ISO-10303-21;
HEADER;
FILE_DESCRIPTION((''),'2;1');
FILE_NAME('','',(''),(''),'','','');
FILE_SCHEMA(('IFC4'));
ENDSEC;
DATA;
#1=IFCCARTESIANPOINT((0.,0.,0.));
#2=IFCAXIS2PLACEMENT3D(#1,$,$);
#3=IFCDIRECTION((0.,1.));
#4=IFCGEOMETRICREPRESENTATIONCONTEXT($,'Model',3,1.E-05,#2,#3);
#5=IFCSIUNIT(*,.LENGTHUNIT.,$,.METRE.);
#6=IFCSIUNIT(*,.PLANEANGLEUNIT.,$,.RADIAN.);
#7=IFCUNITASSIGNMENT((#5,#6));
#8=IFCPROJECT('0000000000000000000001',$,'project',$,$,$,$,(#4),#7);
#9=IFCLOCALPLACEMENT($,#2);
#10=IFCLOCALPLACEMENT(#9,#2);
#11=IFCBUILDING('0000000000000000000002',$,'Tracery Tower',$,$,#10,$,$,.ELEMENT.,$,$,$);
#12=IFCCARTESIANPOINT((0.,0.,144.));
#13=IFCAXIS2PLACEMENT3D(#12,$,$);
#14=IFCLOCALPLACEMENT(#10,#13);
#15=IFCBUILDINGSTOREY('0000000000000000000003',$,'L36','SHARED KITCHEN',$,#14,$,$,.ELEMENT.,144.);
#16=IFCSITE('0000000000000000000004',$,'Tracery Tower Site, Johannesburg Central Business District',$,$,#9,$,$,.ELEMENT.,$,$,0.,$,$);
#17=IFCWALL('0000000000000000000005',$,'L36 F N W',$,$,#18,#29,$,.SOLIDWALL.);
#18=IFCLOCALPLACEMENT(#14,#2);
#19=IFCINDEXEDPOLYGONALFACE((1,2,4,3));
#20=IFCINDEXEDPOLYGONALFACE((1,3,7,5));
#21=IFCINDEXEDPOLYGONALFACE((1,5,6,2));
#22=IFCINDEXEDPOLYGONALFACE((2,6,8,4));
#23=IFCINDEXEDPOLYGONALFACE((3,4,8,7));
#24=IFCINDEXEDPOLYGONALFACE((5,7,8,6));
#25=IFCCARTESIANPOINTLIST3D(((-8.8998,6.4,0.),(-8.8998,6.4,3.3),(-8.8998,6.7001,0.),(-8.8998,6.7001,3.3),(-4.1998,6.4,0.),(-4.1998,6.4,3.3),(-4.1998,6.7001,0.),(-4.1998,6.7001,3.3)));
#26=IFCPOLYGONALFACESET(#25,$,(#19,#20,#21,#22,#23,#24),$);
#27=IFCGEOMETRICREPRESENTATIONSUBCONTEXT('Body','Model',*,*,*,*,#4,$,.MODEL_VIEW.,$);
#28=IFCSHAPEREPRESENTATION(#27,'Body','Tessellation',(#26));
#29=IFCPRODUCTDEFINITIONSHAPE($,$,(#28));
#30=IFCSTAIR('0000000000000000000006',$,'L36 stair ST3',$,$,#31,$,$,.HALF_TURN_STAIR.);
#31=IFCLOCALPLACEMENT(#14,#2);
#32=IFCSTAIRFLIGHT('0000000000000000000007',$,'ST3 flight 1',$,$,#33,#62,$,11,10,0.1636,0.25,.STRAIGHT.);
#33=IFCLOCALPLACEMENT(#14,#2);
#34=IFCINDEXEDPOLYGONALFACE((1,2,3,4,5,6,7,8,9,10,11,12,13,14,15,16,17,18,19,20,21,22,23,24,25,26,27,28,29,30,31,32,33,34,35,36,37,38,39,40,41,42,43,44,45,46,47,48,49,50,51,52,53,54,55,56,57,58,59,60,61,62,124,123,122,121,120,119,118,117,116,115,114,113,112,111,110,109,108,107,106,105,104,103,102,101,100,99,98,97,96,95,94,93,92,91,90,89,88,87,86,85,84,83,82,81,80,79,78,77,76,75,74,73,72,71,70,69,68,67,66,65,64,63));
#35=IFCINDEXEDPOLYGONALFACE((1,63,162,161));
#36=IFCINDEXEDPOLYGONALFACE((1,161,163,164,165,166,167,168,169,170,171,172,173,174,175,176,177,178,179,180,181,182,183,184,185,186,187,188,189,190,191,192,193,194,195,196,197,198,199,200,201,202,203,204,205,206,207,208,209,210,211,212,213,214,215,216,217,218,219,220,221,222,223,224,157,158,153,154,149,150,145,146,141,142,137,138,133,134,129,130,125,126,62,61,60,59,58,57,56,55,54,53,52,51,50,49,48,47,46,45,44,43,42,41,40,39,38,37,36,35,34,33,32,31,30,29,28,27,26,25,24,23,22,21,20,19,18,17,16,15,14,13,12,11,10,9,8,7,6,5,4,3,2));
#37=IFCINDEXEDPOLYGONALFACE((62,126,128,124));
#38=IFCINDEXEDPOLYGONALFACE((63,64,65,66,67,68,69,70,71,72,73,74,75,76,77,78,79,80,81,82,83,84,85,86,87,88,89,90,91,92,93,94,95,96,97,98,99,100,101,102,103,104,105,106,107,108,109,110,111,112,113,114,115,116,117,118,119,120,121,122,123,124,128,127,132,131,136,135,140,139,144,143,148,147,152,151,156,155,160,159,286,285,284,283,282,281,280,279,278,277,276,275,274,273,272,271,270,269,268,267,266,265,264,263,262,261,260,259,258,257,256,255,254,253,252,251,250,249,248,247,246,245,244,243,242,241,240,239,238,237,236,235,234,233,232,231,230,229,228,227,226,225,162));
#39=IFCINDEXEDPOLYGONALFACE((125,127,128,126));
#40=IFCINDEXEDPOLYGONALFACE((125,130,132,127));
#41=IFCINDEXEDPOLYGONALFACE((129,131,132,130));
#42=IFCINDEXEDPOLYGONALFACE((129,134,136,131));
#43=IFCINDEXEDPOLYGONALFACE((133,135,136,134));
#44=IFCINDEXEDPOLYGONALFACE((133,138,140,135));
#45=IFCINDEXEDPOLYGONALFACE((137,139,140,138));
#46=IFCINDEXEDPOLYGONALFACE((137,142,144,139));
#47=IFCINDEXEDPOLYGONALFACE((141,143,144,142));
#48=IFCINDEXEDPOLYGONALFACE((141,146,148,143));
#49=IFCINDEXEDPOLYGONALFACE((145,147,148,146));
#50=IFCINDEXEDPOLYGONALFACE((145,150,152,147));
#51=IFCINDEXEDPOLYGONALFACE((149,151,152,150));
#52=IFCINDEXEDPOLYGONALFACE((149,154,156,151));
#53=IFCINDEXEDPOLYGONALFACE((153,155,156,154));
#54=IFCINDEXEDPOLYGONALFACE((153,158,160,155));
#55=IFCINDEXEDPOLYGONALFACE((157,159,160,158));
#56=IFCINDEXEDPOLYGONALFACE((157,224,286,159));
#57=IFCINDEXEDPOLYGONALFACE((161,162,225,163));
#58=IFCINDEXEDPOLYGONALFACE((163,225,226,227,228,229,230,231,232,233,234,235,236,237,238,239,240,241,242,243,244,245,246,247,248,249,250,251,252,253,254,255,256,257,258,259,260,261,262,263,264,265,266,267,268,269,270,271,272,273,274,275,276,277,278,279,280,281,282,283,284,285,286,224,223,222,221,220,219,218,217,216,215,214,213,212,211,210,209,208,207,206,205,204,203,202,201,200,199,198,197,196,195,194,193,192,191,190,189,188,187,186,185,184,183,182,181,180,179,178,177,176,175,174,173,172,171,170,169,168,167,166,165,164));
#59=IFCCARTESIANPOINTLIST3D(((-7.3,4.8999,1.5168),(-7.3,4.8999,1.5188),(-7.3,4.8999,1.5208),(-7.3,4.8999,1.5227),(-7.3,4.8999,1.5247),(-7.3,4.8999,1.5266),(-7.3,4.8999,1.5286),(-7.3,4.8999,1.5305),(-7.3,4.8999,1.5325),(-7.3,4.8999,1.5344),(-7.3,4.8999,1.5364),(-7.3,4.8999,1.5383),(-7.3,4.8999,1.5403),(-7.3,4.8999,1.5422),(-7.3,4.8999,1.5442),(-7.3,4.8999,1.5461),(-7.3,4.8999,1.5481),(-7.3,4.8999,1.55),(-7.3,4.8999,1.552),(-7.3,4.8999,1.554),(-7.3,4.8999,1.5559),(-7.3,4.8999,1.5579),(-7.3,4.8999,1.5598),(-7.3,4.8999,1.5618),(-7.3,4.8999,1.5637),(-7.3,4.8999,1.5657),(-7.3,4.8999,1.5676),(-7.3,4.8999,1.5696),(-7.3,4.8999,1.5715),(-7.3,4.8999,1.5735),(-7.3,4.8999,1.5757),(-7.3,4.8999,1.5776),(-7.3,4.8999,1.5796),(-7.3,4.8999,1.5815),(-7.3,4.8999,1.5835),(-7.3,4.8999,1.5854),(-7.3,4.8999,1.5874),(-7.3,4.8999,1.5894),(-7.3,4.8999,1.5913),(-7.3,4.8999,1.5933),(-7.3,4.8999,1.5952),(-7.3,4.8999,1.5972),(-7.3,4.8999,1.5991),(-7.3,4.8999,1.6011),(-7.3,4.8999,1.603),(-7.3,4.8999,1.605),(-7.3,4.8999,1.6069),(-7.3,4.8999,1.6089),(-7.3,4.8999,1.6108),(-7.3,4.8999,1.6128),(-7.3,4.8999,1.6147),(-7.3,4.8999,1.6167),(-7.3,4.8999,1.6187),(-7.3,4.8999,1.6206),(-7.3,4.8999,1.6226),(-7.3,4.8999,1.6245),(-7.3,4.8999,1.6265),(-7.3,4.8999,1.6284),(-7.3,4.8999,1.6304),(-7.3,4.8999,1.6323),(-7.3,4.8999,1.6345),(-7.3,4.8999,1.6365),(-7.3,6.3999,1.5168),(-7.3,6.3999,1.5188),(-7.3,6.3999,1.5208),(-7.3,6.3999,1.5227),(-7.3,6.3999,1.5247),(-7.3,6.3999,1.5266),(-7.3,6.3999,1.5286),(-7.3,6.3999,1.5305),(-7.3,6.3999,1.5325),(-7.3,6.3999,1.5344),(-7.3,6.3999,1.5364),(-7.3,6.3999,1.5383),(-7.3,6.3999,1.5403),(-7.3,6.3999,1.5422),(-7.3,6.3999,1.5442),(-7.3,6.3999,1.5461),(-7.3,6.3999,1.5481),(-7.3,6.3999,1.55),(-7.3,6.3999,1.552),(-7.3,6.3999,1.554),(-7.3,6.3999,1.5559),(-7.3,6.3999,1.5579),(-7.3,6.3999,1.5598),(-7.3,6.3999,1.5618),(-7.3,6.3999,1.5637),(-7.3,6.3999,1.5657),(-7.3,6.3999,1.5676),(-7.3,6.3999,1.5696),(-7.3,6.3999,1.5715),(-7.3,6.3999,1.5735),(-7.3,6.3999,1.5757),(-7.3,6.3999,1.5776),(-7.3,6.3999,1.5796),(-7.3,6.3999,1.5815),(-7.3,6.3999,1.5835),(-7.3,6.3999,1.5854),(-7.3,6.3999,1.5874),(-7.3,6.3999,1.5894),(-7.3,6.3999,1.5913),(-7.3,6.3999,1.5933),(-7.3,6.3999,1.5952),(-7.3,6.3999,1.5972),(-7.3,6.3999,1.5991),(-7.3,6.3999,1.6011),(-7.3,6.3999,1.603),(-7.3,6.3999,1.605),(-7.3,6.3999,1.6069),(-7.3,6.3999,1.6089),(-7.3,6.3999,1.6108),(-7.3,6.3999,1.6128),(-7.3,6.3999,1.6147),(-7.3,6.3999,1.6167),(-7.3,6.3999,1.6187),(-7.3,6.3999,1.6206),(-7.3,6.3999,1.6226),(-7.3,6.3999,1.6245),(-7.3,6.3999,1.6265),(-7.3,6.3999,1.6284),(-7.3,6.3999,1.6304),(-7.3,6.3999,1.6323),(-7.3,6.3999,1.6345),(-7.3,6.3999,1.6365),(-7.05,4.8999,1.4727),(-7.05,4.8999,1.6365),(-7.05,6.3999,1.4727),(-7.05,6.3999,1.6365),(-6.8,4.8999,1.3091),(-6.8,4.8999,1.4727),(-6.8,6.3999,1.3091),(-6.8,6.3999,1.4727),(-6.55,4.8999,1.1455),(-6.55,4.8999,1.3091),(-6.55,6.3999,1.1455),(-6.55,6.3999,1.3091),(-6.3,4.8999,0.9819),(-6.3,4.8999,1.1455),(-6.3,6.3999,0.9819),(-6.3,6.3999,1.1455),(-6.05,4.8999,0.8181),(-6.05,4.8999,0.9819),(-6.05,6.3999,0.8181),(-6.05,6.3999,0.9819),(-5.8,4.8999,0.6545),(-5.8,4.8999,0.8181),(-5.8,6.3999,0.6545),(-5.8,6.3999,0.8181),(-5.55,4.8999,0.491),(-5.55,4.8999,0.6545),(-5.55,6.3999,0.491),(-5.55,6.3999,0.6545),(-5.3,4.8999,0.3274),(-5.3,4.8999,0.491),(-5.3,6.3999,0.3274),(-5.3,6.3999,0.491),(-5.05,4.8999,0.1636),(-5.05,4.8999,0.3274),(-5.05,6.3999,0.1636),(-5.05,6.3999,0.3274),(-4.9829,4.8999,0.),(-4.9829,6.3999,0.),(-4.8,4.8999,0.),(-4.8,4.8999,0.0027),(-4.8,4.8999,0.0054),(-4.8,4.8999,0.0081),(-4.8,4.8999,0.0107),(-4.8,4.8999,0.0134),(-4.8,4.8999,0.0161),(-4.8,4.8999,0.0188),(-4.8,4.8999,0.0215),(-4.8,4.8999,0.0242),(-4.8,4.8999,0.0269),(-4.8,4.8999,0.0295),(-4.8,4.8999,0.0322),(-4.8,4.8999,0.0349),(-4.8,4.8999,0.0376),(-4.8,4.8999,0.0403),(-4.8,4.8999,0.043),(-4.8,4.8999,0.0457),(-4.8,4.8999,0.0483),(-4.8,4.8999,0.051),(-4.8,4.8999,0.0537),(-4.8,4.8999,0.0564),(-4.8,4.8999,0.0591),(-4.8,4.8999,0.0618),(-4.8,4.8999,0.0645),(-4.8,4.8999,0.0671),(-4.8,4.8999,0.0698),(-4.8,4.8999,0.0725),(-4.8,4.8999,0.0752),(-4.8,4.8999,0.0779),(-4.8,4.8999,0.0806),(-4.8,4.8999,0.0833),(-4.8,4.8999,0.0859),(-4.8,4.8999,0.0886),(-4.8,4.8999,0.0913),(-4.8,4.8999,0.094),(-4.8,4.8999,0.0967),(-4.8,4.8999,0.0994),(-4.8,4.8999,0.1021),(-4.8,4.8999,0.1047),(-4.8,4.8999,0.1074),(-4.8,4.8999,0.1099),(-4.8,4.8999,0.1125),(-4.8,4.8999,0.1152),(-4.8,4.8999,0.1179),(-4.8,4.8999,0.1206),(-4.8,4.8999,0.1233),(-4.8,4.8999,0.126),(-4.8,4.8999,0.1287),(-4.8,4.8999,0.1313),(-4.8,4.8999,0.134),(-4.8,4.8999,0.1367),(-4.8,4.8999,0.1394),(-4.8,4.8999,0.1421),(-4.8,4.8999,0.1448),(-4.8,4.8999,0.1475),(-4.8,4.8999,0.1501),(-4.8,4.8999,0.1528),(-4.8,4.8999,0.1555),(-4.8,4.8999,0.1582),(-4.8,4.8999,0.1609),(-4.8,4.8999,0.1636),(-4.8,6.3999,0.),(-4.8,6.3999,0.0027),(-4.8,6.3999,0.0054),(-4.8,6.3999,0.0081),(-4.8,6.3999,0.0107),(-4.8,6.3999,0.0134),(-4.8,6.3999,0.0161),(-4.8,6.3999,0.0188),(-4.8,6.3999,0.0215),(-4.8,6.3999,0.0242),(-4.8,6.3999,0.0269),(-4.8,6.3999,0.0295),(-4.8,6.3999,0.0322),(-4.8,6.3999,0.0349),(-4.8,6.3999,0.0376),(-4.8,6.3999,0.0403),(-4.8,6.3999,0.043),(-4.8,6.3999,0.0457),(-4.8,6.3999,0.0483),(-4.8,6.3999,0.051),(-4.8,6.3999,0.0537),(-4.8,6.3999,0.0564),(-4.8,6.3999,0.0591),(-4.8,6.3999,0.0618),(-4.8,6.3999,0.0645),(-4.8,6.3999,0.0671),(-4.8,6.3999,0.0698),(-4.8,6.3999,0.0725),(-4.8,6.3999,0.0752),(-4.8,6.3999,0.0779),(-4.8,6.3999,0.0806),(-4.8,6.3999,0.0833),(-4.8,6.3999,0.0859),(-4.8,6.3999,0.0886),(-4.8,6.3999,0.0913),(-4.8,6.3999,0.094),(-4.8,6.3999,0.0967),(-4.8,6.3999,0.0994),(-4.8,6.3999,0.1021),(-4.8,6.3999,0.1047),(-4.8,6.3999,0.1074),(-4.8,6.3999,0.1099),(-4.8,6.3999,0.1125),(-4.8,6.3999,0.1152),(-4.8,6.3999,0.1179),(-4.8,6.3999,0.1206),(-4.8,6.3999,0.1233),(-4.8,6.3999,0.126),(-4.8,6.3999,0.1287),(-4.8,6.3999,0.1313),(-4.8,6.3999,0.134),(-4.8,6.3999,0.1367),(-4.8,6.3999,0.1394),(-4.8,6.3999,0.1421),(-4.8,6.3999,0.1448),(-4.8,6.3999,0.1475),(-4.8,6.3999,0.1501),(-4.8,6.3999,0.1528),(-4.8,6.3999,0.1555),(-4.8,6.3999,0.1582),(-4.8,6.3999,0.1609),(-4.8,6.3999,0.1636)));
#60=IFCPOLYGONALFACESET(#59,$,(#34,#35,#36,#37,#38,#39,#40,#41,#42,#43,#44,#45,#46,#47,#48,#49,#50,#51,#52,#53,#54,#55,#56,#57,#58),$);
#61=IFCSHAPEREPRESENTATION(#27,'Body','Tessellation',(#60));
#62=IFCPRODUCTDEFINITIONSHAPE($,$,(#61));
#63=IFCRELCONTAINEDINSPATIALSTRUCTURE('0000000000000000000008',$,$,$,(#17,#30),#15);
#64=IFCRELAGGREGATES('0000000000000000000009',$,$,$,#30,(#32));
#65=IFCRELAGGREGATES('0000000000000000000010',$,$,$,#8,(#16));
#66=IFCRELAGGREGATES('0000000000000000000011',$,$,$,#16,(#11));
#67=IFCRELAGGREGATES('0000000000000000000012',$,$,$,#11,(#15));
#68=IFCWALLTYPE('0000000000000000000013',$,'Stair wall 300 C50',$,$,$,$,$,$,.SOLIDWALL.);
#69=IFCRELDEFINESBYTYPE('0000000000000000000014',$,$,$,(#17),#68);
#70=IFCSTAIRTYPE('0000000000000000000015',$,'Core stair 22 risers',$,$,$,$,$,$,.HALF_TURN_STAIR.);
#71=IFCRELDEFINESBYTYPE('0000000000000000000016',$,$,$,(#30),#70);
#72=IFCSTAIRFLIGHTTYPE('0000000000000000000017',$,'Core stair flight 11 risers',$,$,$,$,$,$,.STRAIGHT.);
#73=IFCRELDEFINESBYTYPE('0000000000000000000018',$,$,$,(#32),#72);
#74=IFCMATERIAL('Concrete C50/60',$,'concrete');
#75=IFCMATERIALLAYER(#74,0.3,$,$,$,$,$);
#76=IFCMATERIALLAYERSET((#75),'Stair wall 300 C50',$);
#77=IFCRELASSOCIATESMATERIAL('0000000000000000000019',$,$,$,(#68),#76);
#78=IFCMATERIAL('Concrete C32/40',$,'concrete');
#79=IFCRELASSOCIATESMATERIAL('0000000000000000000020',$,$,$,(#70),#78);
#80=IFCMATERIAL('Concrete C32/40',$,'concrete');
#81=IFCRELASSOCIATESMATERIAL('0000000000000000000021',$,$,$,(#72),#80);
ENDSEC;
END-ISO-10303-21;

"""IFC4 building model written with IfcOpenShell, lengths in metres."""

from ifc_helpers import new_model, si_unit, direction, frame, frame_2d, origin, place, context, subcontext, project, spatial, polyline, rectangle, outline, extrude, material, layer, layer_set, type_object, element, aggregate, save


model = new_model("IFC4")

# Units and contexts
model_context = context("Model", 3, precision=1e-05, world=origin(), true_north=direction((0.0, 1.0)))
body_context = subcontext(model_context, "Body", "Model", "MODEL_VIEW")
ifc_project = project(units=[si_unit("LENGTHUNIT", "METRE"), si_unit("PLANEANGLEUNIT", "RADIAN")], contexts=[model_context])

# Site, building, storey
site_placement = place(None, origin())
site = spatial("IfcSite", under=ifc_project, at=site_placement, Name="Tracery Tower Site, Johannesburg Central Business District", CompositionType="ELEMENT", RefElevation=0.0)
building_placement = place(site_placement, origin())
building = spatial("IfcBuilding", under=site, at=building_placement, Name="Tracery Tower", CompositionType="ELEMENT")
storey_placement = place(building_placement, frame((0.0, 0.0, 144.0)))
storey = spatial("IfcBuildingStorey", under=building, at=storey_placement, Name="L36", Description="SHARED KITCHEN", CompositionType="ELEMENT", Elevation=144.0)

# Wall
ifc_material_1 = material(Name="Concrete C50/60", Category="concrete")
ifc_layer_1 = layer(ifc_material_1, 0.3)
ifc_layer_set_1 = layer_set([ifc_layer_1], Name="Stair wall 300 C50")
wall_type_1 = type_object("IfcWallType", Name="Stair wall 300 C50", PredefinedType="SOLIDWALL", material=ifc_layer_set_1)
wall_1_placement = place(storey_placement, frame((-8.8999, 6.55, 0.0), z_axis=(0.0, 0.0, 1.0), x_axis=(1.0, 0.0, 0.0)))
element("IfcWall", 1, at=wall_1_placement, inside=storey, type_object=wall_type_1, Name="L36 F N W", PredefinedType="SOLIDWALL", context=body_context, shape_type="SweptSolid", body=[
    extrude(rectangle(XDim=4.7, YDim=0.3, at=frame_2d((2.3501, 0.0))), origin(), (0.0, 0.0, 1.0), 3.3),
])

# Stair, stair flight
ifc_material_2 = material(Name="Concrete C32/40", Category="concrete")
stair_type = type_object("IfcStairType", Name="Core stair 22 risers", PredefinedType="HALF_TURN_STAIR", material=ifc_material_2)
stair_placement = place(storey_placement, origin())
stair = element("IfcStair", 2, at=stair_placement, inside=storey, type_object=stair_type, Name="L36 stair ST3", PredefinedType="HALF_TURN_STAIR")
ifc_material_3 = material(Name="Concrete C32/40", Category="concrete")
stair_flight_type = type_object("IfcStairFlightType", Name="Core stair flight 11 risers", PredefinedType="STRAIGHT", material=ifc_material_3)
stair_flight_1_placement = place(storey_placement, frame((-4.8, 5.6499, 0.0), z_axis=(0.0, 0.0, 1.0), x_axis=(-1.0, 0.0, 0.0)))
stair_flight_1 = element("IfcStairFlight", 3, at=stair_flight_1_placement, type_object=stair_flight_type, Name="ST3 flight 1", NumberOfRisers=11, NumberOfTreads=10, PredefinedType="STRAIGHT", RiserHeight=0.1636, TreadLength=0.25, context=body_context, shape_type="SweptSolid", body=[
    extrude(outline(polyline([(0.0, 0.0), (0.0, 0.0027), (0.0, 0.0054), (0.0, 0.0081), (0.0, 0.0107), (0.0, 0.0134), (0.0, 0.0161), (0.0, 0.0188), (0.0, 0.0215), (0.0, 0.0242), (0.0, 0.0269), (0.0, 0.0295), (0.0, 0.0322), (0.0, 0.0349), (0.0, 0.0376), (0.0, 0.0403), (0.0, 0.043), (0.0, 0.0457), (0.0, 0.0483), (0.0, 0.051), (0.0, 0.0537), (0.0, 0.0564), (0.0, 0.0591), (0.0, 0.0618), (0.0, 0.0645), (0.0, 0.0671), (0.0, 0.0698), (0.0, 0.0725), (0.0, 0.0752), (0.0, 0.0779), (0.0, 0.0806), (0.0, 0.0833), (0.0, 0.0859), (0.0, 0.0886), (0.0, 0.0913), (0.0, 0.094), (0.0, 0.0967), (0.0, 0.0994), (0.0, 0.1021), (0.0, 0.1047), (0.0, 0.1074), (0.0, 0.1099), (0.0, 0.1125), (0.0, 0.1152), (0.0, 0.1179), (0.0, 0.1206), (0.0, 0.1233), (0.0, 0.126), (0.0, 0.1287), (0.0, 0.1313), (0.0, 0.134), (0.0, 0.1367), (0.0, 0.1394), (0.0, 0.1421), (0.0, 0.1448), (0.0, 0.1475), (0.0, 0.1501), (0.0, 0.1528), (0.0, 0.1555), (0.0, 0.1582), (0.0, 0.1609), (0.0, 0.1636), (0.25, 0.1636), (0.25, 0.3274), (0.5, 0.3274), (0.5, 0.491), (0.75, 0.491), (0.75, 0.6545), (1.0, 0.6545), (1.0, 0.8181), (1.25, 0.8181), (1.25, 0.9819), (1.5, 0.9819), (1.5, 1.1455), (1.75, 1.1455), (1.75, 1.3091), (2.0, 1.3091), (2.0, 1.4727), (2.25, 1.4727), (2.25, 1.6365), (2.5, 1.6365), (2.5, 1.6345), (2.5, 1.6323), (2.5, 1.6304), (2.5, 1.6284), (2.5, 1.6265), (2.5, 1.6245), (2.5, 1.6226), (2.5, 1.6206), (2.5, 1.6187), (2.5, 1.6167), (2.5, 1.6147), (2.5, 1.6128), (2.5, 1.6108), (2.5, 1.6089), (2.5, 1.6069), (2.5, 1.605), (2.5, 1.603), (2.5, 1.6011), (2.5, 1.5991), (2.5, 1.5972), (2.5, 1.5952), (2.5, 1.5933), (2.5, 1.5913), (2.5, 1.5894), (2.5, 1.5874), (2.5, 1.5854), (2.5, 1.5835), (2.5, 1.5815), (2.5, 1.5796), (2.5, 1.5776), (2.5, 1.5757), (2.5, 1.5735), (2.5, 1.5715), (2.5, 1.5696), (2.5, 1.5676), (2.5, 1.5657), (2.5, 1.5637), (2.5, 1.5618), (2.5, 1.5598), (2.5, 1.5579), (2.5, 1.5559), (2.5, 1.554), (2.5, 1.552), (2.5, 1.55), (2.5, 1.5481), (2.5, 1.5461), (2.5, 1.5442), (2.5, 1.5422), (2.5, 1.5403), (2.5, 1.5383), (2.5, 1.5364), (2.5, 1.5344), (2.5, 1.5325), (2.5, 1.5305), (2.5, 1.5286), (2.5, 1.5266), (2.5, 1.5247), (2.5, 1.5227), (2.5, 1.5208), (2.5, 1.5188), (2.5, 1.5168), (0.1829, 0.0), (0.0, 0.0)])), frame((0.0, 0.75, 0.0), z_axis=(0.0, -1.0, 0.0), x_axis=(1.0, 0.0, 0.0)), (0.0, 0.0, 1.0), 1.5),
])
aggregate(stair, [stair_flight_1])

save(model, "model.ifc")
